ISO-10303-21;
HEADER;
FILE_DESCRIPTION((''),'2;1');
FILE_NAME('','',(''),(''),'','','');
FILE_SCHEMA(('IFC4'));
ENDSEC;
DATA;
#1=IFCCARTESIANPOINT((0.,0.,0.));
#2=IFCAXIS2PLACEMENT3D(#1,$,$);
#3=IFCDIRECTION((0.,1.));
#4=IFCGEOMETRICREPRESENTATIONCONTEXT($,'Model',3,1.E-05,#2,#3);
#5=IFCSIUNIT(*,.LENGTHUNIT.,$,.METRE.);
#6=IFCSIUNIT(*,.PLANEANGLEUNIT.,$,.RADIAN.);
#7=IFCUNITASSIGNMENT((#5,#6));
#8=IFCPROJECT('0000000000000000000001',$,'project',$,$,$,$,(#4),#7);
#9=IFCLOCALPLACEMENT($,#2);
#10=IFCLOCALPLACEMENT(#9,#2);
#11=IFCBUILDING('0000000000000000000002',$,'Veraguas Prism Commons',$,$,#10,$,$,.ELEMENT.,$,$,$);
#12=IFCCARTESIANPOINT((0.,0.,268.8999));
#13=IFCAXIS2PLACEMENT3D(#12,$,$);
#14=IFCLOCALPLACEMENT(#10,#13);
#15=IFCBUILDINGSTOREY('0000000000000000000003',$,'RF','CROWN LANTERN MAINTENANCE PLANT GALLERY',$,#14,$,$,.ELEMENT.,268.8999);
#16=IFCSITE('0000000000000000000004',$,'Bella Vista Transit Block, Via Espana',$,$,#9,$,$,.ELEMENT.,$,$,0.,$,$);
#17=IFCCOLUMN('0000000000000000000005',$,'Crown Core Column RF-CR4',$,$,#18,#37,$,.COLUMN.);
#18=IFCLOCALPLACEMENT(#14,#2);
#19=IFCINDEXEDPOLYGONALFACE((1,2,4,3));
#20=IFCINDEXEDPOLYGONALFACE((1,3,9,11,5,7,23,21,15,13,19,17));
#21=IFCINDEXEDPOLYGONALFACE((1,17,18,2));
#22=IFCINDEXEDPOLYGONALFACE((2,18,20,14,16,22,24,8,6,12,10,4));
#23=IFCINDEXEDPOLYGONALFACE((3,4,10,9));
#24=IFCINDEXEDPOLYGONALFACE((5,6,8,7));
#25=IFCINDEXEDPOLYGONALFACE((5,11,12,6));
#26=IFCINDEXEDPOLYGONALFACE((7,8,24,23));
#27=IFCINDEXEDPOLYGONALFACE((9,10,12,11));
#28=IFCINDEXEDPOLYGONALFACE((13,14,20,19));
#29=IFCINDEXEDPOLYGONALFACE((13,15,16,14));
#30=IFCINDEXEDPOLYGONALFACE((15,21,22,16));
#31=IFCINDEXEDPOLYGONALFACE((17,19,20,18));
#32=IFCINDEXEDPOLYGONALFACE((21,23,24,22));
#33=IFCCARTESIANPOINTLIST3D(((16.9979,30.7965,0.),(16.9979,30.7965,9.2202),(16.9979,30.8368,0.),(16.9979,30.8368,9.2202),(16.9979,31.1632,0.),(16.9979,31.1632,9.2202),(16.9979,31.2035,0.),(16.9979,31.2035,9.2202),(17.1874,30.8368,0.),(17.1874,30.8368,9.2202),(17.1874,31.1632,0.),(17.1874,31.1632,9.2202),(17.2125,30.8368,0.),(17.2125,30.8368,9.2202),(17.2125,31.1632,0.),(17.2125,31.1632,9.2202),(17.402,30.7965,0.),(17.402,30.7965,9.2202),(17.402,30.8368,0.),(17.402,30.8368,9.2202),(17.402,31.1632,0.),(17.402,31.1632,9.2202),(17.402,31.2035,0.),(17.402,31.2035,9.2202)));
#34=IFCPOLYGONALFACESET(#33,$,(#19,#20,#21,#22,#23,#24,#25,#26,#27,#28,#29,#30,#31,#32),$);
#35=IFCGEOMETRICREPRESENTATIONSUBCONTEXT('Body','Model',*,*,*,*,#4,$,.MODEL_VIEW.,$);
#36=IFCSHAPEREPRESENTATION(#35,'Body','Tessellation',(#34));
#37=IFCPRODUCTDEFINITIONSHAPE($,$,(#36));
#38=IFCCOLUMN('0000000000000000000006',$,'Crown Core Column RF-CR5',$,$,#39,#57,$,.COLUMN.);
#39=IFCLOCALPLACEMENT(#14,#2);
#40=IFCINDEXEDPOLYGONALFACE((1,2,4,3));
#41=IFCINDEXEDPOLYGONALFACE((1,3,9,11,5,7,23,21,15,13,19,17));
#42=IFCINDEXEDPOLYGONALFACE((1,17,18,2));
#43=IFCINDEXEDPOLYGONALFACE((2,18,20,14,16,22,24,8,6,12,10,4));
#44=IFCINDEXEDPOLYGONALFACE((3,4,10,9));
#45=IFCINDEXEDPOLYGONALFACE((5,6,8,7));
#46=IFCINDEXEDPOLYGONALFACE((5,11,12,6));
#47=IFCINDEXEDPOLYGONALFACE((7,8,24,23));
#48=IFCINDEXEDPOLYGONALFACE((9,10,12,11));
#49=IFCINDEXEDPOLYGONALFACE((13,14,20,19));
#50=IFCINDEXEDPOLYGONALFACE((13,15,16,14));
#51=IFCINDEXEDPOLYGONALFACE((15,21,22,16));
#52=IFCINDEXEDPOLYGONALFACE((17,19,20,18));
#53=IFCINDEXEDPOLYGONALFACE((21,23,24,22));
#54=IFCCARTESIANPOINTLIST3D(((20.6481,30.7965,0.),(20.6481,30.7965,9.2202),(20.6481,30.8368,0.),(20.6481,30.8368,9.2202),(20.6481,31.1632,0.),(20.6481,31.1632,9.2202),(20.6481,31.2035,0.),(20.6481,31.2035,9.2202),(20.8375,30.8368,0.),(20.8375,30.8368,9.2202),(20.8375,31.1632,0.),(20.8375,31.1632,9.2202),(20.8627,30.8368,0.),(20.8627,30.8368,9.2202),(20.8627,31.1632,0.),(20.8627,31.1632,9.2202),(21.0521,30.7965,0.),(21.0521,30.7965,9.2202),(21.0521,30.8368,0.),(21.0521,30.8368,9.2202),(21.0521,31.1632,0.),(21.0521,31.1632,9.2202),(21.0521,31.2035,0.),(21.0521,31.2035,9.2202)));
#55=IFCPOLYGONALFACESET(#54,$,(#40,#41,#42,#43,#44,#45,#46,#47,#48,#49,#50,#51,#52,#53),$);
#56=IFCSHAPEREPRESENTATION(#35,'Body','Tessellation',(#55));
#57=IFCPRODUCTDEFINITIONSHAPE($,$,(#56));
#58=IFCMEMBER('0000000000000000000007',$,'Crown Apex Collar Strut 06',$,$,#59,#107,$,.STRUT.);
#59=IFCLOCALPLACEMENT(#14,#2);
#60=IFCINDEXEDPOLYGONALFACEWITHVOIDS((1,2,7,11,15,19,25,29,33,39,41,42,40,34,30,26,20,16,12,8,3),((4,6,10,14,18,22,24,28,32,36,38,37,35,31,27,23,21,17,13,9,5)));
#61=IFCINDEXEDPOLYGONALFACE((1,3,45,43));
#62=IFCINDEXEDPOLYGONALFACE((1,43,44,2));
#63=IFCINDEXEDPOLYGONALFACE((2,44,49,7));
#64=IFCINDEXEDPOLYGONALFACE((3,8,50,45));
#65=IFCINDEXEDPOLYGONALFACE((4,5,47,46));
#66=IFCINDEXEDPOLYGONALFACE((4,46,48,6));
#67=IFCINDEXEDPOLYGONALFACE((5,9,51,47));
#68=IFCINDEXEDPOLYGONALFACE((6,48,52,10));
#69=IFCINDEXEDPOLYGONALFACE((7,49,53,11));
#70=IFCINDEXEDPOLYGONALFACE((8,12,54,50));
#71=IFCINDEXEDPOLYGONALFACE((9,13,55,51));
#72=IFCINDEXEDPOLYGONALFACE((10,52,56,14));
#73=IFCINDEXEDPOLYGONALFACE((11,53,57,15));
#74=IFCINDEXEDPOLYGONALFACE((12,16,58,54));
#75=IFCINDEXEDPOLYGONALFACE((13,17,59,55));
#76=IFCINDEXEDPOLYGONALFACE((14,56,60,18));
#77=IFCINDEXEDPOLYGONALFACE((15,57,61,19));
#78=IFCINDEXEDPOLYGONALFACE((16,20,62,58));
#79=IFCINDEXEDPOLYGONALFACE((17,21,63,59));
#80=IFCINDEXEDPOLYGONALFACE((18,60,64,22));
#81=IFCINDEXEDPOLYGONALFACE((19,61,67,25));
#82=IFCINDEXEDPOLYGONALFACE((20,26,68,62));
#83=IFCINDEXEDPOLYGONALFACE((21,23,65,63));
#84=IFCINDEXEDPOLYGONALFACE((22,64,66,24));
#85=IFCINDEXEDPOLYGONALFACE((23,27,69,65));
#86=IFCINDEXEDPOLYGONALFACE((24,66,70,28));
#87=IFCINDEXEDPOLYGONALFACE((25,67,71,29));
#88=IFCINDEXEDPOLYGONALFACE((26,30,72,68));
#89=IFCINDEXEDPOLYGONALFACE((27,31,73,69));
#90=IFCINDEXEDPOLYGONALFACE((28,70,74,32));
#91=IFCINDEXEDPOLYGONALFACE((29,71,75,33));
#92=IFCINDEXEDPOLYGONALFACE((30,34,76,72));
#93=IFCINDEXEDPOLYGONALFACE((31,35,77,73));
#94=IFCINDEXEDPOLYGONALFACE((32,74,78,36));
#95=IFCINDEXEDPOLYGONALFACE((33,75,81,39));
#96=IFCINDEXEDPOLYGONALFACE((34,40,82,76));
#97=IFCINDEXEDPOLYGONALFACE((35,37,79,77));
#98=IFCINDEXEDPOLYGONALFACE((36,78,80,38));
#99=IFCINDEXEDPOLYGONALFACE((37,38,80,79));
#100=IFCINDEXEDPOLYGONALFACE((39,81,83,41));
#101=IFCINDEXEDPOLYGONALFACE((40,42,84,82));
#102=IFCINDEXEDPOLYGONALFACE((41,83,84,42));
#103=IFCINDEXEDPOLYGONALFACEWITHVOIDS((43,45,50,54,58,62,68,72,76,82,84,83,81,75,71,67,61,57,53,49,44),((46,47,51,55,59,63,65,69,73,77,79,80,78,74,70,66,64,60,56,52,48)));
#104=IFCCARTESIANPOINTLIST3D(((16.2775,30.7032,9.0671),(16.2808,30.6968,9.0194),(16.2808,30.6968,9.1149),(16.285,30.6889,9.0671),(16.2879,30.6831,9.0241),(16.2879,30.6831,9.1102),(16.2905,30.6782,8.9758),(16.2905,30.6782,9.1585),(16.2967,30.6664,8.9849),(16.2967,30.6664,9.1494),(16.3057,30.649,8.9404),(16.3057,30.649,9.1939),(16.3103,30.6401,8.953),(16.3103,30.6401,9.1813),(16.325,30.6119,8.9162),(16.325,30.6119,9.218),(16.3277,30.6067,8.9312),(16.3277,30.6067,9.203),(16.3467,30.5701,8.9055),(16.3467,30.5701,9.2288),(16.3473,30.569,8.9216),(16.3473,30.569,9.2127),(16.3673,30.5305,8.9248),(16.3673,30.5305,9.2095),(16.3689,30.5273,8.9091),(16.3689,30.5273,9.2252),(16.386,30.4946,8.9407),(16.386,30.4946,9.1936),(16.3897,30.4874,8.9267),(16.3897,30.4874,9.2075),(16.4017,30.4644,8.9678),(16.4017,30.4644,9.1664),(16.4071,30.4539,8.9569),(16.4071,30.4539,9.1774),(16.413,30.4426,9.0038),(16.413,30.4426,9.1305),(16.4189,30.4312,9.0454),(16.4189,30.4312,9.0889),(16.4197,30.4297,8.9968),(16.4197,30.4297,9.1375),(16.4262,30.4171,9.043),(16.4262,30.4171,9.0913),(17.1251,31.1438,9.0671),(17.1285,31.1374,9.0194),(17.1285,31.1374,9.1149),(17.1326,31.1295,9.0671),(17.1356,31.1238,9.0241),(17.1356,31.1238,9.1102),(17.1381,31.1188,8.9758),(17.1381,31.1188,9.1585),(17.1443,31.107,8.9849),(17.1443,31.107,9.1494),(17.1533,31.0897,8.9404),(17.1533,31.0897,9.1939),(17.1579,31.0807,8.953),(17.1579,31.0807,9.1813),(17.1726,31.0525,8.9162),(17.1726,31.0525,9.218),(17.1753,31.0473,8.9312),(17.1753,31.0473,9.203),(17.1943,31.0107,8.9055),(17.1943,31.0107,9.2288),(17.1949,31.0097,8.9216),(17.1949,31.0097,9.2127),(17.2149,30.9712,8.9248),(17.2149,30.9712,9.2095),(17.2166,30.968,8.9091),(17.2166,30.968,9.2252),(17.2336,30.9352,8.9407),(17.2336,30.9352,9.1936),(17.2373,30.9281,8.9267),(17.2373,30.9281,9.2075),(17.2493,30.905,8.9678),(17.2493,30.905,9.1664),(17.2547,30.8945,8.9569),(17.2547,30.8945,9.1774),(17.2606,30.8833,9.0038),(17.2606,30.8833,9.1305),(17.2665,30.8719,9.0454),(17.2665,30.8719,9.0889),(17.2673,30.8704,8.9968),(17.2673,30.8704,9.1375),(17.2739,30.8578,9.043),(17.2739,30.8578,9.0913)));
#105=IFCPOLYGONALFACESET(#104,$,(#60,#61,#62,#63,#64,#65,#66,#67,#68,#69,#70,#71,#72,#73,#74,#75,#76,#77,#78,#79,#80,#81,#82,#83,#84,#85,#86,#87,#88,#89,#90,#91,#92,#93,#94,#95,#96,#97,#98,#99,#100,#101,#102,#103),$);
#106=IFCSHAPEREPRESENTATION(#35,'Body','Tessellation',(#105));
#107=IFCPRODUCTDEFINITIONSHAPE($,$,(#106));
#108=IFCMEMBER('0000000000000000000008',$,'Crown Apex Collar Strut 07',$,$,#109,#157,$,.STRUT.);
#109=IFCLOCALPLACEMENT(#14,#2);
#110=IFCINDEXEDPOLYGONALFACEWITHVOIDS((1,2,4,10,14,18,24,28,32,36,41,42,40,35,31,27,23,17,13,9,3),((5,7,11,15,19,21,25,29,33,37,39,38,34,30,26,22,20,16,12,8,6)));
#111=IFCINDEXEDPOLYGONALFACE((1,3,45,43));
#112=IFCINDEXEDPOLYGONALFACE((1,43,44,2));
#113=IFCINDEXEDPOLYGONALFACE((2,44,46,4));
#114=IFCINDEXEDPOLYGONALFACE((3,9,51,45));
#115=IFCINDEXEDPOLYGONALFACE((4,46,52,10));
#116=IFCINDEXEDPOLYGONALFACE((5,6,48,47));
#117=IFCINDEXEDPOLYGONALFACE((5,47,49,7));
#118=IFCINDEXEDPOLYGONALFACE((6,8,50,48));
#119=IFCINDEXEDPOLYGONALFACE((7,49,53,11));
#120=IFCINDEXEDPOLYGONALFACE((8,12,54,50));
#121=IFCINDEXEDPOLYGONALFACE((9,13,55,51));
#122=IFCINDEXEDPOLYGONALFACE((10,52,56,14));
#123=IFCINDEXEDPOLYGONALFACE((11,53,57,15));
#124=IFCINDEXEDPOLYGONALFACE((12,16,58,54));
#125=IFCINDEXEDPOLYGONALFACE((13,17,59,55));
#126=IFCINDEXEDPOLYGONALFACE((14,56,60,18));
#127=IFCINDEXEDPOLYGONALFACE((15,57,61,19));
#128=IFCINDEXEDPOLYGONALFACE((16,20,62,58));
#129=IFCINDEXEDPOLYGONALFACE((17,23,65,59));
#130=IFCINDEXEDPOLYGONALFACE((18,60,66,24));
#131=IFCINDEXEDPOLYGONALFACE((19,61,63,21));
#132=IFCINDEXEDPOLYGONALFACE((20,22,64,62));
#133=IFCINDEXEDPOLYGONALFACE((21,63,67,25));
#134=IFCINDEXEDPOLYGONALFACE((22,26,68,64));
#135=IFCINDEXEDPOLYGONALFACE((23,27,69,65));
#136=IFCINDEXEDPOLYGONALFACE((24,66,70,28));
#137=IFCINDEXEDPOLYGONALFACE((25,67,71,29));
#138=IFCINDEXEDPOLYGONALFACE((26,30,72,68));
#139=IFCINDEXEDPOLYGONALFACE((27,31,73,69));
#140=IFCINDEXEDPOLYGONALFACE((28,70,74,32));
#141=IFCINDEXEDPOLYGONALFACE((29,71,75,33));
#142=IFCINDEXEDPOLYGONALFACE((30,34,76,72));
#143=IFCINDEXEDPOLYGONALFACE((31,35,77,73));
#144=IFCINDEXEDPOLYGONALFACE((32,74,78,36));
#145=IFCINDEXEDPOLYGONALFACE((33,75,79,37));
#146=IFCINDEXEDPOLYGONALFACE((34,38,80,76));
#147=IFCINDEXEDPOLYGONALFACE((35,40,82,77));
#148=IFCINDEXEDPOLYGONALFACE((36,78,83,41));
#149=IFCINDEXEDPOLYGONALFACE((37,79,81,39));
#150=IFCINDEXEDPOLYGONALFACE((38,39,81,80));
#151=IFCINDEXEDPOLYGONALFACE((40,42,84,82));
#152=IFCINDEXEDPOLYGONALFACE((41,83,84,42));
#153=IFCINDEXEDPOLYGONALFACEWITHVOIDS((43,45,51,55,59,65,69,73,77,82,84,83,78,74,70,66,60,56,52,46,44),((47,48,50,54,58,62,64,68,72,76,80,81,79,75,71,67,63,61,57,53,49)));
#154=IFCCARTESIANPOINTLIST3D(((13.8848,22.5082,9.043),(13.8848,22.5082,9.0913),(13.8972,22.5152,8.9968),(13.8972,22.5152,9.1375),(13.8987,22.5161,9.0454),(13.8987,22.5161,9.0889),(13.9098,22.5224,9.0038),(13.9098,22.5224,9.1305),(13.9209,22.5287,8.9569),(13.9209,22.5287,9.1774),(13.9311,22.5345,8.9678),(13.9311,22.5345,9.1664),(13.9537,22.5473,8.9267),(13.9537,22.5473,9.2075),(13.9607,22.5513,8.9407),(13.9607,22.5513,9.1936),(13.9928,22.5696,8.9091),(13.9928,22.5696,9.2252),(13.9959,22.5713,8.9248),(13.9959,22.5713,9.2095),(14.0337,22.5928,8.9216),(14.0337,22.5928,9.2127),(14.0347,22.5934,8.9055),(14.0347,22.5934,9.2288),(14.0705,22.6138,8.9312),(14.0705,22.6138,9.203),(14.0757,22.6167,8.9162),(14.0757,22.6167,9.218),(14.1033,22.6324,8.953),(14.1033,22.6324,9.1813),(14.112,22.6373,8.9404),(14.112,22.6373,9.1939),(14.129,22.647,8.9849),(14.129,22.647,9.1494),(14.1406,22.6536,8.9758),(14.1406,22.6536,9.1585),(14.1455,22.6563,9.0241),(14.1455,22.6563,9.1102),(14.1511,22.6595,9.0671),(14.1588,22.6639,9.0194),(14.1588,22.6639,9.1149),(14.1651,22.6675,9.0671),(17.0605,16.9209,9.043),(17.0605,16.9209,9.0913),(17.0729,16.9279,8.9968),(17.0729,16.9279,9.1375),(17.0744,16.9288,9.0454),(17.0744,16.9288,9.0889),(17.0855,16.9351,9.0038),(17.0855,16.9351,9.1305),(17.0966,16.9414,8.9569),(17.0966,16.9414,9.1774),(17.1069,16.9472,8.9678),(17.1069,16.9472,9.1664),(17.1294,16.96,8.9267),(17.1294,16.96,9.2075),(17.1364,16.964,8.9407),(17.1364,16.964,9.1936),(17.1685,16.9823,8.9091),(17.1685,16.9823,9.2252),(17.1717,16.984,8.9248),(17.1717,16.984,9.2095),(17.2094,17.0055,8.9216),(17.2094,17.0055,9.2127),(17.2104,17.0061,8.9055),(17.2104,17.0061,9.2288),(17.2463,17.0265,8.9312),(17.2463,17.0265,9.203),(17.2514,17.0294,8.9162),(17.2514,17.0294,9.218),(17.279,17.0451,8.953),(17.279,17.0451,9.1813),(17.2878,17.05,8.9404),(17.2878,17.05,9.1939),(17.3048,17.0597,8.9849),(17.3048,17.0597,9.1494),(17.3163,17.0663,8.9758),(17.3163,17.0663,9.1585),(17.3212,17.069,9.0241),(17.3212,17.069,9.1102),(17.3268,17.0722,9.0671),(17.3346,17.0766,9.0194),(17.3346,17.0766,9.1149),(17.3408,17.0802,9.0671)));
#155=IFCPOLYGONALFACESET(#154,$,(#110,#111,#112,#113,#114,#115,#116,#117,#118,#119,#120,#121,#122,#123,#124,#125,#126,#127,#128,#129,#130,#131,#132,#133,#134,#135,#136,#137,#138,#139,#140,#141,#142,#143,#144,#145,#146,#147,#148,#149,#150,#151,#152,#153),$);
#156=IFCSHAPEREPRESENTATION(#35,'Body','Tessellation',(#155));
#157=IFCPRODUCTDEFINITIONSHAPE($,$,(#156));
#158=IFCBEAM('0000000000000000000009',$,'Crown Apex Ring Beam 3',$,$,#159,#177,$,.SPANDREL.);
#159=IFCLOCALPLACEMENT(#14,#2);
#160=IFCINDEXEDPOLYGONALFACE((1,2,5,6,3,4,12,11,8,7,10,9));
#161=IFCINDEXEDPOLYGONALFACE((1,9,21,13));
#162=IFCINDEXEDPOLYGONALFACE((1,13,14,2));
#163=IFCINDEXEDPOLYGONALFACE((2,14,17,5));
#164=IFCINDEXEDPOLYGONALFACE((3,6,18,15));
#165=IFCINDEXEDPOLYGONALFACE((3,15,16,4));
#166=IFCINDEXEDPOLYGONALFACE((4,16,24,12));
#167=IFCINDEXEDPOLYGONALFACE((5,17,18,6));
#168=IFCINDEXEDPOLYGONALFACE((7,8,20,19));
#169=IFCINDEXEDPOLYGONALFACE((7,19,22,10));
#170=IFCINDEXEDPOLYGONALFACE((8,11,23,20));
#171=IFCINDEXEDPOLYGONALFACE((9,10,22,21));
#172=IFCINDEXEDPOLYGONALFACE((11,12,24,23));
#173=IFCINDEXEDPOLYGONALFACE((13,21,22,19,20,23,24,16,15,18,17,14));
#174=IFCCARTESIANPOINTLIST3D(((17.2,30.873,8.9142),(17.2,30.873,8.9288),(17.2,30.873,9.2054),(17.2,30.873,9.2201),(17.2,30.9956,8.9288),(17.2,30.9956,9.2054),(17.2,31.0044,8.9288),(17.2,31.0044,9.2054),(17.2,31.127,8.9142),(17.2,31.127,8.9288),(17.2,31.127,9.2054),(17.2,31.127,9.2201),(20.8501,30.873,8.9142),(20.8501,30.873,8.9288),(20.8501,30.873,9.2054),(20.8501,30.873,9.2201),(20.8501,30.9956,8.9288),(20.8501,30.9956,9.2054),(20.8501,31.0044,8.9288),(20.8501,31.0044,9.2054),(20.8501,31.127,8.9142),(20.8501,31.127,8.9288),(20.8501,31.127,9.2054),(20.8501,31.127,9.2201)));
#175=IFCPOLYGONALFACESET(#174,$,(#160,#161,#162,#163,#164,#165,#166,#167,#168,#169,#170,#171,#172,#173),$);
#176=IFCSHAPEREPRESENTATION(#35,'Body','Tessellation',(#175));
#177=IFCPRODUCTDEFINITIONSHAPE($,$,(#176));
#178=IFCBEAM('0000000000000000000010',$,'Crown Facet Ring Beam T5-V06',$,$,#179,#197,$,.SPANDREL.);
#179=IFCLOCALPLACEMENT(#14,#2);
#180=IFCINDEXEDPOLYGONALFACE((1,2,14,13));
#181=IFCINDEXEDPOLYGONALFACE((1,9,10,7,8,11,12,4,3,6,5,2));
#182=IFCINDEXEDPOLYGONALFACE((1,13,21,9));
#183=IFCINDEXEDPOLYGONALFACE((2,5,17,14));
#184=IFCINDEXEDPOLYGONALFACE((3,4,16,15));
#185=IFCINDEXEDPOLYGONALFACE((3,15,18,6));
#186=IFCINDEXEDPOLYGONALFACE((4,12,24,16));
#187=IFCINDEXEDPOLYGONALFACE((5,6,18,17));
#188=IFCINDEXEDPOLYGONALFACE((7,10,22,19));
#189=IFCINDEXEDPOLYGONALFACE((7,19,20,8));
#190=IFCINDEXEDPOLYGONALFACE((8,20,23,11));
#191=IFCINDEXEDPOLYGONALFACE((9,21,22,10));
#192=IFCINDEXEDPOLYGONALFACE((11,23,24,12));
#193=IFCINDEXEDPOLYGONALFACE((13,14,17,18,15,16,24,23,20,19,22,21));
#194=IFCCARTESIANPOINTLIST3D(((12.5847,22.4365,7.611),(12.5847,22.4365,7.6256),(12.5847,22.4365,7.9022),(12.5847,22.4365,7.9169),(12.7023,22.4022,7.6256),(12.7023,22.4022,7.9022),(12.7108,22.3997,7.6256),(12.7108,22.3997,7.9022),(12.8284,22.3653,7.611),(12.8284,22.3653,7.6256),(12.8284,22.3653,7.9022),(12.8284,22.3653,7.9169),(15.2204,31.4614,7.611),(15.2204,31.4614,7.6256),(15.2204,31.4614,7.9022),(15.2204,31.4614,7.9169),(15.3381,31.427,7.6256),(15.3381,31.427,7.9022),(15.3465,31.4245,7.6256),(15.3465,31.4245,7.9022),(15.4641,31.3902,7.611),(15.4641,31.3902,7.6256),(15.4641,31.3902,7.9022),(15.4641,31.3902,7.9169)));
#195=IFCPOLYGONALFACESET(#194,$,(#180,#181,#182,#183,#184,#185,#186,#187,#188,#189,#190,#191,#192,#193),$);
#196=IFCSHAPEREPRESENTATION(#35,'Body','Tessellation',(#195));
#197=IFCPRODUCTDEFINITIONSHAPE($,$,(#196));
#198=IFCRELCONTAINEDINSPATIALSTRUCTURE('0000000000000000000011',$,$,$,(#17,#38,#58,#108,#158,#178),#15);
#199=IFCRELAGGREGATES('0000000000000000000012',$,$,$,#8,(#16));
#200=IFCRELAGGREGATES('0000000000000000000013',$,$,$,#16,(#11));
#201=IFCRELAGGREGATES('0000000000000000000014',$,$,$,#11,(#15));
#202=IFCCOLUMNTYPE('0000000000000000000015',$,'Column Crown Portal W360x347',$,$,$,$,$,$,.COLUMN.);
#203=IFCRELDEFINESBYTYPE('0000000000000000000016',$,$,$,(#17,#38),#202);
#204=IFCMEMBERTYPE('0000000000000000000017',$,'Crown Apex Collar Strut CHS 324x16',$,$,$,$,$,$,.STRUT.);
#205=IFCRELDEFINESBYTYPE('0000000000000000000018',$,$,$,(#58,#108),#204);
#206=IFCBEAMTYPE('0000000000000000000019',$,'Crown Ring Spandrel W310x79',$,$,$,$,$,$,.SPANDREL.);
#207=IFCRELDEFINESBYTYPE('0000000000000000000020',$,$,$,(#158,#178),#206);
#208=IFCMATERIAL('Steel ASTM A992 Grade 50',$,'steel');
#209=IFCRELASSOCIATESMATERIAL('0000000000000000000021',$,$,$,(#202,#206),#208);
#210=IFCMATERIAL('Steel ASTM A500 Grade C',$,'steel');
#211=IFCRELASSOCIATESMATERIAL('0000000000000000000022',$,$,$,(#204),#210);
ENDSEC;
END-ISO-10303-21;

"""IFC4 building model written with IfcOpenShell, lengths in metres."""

from ifc_helpers import new_model, si_unit, direction, frame, origin, origin_2d, place, context, subcontext, project, spatial, hollow_circle, i_section, extrude, material, material_profile, profile_set, type_object, element, save


model = new_model("IFC4")

# Units and contexts
model_context = context("Model", 3, precision=1e-05, world=origin(), true_north=direction((0.0, 1.0)))
body_context = subcontext(model_context, "Body", "Model", "MODEL_VIEW")
ifc_project = project(units=[si_unit("LENGTHUNIT", "METRE"), si_unit("PLANEANGLEUNIT", "RADIAN")], contexts=[model_context])

# Site, building, storey
site_placement = place(None, origin())
site = spatial("IfcSite", under=ifc_project, at=site_placement, Name="Bella Vista Transit Block, Via Espana", CompositionType="ELEMENT", RefElevation=0.0)
building_placement = place(site_placement, origin())
building = spatial("IfcBuilding", under=site, at=building_placement, Name="Veraguas Prism Commons", CompositionType="ELEMENT")
storey_placement = place(building_placement, frame((0.0, 0.0, 268.8999)))
storey = spatial("IfcBuildingStorey", under=building, at=storey_placement, Name="RF", Description="CROWN LANTERN MAINTENANCE PLANT GALLERY", CompositionType="ELEMENT", Elevation=268.8999)

# Columns
ifc_material_1 = material(Name="Steel ASTM A992 Grade 50", Category="steel")
ifc_material_profile_1 = material_profile(ifc_material_1, i_section(OverallWidth=0.4041, OverallDepth=0.407, WebThickness=0.0251, FlangeThickness=0.0403, at=origin_2d()), Name="W360X347")
ifc_profile_set_1 = profile_set([ifc_material_profile_1], Name="Steel ASTM A992 Grade 50")
column_type = type_object("IfcColumnType", Name="Column Crown Portal W360x347", PredefinedType="COLUMN", material=ifc_profile_set_1)
for number, where, z_axis, x_axis, name in (
    (1, (17.2, 31.0, 0.0), (0.0, 0.0, 1.0), (1.0, 0.0, 0.0), "Crown Core Column RF-CR4"),
    (2, (20.8501, 31.0, 0.0), (0.0, 0.0, 1.0), (1.0, 0.0, 0.0), "Crown Core Column RF-CR5"),
):
    element("IfcColumn", number, at=place(storey_placement, frame(where, z_axis=z_axis, x_axis=x_axis)), inside=storey, type_object=column_type, Name=name, PredefinedType="COLUMN", context=body_context, shape_type="SweptSolid", body=[
        extrude(i_section(OverallWidth=0.4041, OverallDepth=0.407, WebThickness=0.0251, FlangeThickness=0.0403, at=origin_2d()), origin(), (0.0, 0.0, 1.0), 9.2202),
    ])

# Members
ifc_material_2 = material(Name="Steel ASTM A500 Grade C", Category="steel")
ifc_material_profile_2 = material_profile(ifc_material_2, hollow_circle(Radius=0.1621, WallThickness=0.0161, at=origin_2d()), Name="CHS324X16")
ifc_profile_set_2 = profile_set([ifc_material_profile_2], Name="Steel ASTM A500 Grade C")
member_type_1 = type_object("IfcMemberType", Name="Crown Apex Collar Strut CHS 324x16", PredefinedType="STRUT", material=ifc_profile_set_2)
member_1_placement = place(storey_placement, frame((16.3523, 30.5593, 9.0671), z_axis=(0.887263, 0.461264, 0.0), x_axis=(-0.461264, 0.887263, 0.0)))
element("IfcMember", 3, at=member_1_placement, inside=storey, type_object=member_type_1, Name="Crown Apex Collar Strut 06", PredefinedType="STRUT", context=body_context, shape_type="SweptSolid", body=[
    extrude(hollow_circle(Radius=0.1621, WallThickness=0.0161, at=origin_2d()), origin(), (0.0, 0.0, 1.0), 0.9553),
])
member_2_placement = place(storey_placement, frame((14.0242, 22.5874, 9.0671), z_axis=(0.494141, -0.869382, 0.0), x_axis=(0.869382, 0.494141, 0.0)))
element("IfcMember", 4, at=member_2_placement, inside=storey, type_object=member_type_1, Name="Crown Apex Collar Strut 07", PredefinedType="STRUT", context=body_context, shape_type="SweptSolid", body=[
    extrude(hollow_circle(Radius=0.1621, WallThickness=0.0161, at=origin_2d()), origin(), (0.0, 0.0, 1.0), 6.4268),
])

# Beams
ifc_material_profile_3 = material_profile(ifc_material_1, i_section(OverallWidth=0.2539, OverallDepth=0.3059, WebThickness=0.0088, FlangeThickness=0.0146, at=origin_2d()), Name="W310X79")
ifc_profile_set_3 = profile_set([ifc_material_profile_3], Name="Steel ASTM A992 Grade 50")
beam_type_1 = type_object("IfcBeamType", Name="Crown Ring Spandrel W310x79", PredefinedType="SPANDREL", material=ifc_profile_set_3)
beam_1_placement = place(storey_placement, frame((17.2, 31.0, 9.0671), z_axis=(1.0, 0.0, 0.0), x_axis=(0.0, 1.0, 0.0)))
element("IfcBeam", 5, at=beam_1_placement, inside=storey, type_object=beam_type_1, Name="Crown Apex Ring Beam 3", PredefinedType="SPANDREL", context=body_context, shape_type="SweptSolid", body=[
    extrude(i_section(OverallWidth=0.2539, OverallDepth=0.3059, WebThickness=0.0088, FlangeThickness=0.0146, at=origin_2d()), origin(), (0.0, 0.0, 1.0), 3.6501),
])
beam_2_placement = place(storey_placement, frame((15.3423, 31.4258, 7.7639), z_axis=(-0.280341, -0.9599, 0.0), x_axis=(0.9599, -0.280341, 0.0)))
element("IfcBeam", 6, at=beam_2_placement, inside=storey, type_object=beam_type_1, Name="Crown Facet Ring Beam T5-V06", PredefinedType="SPANDREL", context=body_context, shape_type="SweptSolid", body=[
    extrude(i_section(OverallWidth=0.2539, OverallDepth=0.3059, WebThickness=0.0088, FlangeThickness=0.0146, at=origin_2d()), origin(), (0.0, 0.0, 1.0), 9.4019),
])

save(model, "model.ifc")
